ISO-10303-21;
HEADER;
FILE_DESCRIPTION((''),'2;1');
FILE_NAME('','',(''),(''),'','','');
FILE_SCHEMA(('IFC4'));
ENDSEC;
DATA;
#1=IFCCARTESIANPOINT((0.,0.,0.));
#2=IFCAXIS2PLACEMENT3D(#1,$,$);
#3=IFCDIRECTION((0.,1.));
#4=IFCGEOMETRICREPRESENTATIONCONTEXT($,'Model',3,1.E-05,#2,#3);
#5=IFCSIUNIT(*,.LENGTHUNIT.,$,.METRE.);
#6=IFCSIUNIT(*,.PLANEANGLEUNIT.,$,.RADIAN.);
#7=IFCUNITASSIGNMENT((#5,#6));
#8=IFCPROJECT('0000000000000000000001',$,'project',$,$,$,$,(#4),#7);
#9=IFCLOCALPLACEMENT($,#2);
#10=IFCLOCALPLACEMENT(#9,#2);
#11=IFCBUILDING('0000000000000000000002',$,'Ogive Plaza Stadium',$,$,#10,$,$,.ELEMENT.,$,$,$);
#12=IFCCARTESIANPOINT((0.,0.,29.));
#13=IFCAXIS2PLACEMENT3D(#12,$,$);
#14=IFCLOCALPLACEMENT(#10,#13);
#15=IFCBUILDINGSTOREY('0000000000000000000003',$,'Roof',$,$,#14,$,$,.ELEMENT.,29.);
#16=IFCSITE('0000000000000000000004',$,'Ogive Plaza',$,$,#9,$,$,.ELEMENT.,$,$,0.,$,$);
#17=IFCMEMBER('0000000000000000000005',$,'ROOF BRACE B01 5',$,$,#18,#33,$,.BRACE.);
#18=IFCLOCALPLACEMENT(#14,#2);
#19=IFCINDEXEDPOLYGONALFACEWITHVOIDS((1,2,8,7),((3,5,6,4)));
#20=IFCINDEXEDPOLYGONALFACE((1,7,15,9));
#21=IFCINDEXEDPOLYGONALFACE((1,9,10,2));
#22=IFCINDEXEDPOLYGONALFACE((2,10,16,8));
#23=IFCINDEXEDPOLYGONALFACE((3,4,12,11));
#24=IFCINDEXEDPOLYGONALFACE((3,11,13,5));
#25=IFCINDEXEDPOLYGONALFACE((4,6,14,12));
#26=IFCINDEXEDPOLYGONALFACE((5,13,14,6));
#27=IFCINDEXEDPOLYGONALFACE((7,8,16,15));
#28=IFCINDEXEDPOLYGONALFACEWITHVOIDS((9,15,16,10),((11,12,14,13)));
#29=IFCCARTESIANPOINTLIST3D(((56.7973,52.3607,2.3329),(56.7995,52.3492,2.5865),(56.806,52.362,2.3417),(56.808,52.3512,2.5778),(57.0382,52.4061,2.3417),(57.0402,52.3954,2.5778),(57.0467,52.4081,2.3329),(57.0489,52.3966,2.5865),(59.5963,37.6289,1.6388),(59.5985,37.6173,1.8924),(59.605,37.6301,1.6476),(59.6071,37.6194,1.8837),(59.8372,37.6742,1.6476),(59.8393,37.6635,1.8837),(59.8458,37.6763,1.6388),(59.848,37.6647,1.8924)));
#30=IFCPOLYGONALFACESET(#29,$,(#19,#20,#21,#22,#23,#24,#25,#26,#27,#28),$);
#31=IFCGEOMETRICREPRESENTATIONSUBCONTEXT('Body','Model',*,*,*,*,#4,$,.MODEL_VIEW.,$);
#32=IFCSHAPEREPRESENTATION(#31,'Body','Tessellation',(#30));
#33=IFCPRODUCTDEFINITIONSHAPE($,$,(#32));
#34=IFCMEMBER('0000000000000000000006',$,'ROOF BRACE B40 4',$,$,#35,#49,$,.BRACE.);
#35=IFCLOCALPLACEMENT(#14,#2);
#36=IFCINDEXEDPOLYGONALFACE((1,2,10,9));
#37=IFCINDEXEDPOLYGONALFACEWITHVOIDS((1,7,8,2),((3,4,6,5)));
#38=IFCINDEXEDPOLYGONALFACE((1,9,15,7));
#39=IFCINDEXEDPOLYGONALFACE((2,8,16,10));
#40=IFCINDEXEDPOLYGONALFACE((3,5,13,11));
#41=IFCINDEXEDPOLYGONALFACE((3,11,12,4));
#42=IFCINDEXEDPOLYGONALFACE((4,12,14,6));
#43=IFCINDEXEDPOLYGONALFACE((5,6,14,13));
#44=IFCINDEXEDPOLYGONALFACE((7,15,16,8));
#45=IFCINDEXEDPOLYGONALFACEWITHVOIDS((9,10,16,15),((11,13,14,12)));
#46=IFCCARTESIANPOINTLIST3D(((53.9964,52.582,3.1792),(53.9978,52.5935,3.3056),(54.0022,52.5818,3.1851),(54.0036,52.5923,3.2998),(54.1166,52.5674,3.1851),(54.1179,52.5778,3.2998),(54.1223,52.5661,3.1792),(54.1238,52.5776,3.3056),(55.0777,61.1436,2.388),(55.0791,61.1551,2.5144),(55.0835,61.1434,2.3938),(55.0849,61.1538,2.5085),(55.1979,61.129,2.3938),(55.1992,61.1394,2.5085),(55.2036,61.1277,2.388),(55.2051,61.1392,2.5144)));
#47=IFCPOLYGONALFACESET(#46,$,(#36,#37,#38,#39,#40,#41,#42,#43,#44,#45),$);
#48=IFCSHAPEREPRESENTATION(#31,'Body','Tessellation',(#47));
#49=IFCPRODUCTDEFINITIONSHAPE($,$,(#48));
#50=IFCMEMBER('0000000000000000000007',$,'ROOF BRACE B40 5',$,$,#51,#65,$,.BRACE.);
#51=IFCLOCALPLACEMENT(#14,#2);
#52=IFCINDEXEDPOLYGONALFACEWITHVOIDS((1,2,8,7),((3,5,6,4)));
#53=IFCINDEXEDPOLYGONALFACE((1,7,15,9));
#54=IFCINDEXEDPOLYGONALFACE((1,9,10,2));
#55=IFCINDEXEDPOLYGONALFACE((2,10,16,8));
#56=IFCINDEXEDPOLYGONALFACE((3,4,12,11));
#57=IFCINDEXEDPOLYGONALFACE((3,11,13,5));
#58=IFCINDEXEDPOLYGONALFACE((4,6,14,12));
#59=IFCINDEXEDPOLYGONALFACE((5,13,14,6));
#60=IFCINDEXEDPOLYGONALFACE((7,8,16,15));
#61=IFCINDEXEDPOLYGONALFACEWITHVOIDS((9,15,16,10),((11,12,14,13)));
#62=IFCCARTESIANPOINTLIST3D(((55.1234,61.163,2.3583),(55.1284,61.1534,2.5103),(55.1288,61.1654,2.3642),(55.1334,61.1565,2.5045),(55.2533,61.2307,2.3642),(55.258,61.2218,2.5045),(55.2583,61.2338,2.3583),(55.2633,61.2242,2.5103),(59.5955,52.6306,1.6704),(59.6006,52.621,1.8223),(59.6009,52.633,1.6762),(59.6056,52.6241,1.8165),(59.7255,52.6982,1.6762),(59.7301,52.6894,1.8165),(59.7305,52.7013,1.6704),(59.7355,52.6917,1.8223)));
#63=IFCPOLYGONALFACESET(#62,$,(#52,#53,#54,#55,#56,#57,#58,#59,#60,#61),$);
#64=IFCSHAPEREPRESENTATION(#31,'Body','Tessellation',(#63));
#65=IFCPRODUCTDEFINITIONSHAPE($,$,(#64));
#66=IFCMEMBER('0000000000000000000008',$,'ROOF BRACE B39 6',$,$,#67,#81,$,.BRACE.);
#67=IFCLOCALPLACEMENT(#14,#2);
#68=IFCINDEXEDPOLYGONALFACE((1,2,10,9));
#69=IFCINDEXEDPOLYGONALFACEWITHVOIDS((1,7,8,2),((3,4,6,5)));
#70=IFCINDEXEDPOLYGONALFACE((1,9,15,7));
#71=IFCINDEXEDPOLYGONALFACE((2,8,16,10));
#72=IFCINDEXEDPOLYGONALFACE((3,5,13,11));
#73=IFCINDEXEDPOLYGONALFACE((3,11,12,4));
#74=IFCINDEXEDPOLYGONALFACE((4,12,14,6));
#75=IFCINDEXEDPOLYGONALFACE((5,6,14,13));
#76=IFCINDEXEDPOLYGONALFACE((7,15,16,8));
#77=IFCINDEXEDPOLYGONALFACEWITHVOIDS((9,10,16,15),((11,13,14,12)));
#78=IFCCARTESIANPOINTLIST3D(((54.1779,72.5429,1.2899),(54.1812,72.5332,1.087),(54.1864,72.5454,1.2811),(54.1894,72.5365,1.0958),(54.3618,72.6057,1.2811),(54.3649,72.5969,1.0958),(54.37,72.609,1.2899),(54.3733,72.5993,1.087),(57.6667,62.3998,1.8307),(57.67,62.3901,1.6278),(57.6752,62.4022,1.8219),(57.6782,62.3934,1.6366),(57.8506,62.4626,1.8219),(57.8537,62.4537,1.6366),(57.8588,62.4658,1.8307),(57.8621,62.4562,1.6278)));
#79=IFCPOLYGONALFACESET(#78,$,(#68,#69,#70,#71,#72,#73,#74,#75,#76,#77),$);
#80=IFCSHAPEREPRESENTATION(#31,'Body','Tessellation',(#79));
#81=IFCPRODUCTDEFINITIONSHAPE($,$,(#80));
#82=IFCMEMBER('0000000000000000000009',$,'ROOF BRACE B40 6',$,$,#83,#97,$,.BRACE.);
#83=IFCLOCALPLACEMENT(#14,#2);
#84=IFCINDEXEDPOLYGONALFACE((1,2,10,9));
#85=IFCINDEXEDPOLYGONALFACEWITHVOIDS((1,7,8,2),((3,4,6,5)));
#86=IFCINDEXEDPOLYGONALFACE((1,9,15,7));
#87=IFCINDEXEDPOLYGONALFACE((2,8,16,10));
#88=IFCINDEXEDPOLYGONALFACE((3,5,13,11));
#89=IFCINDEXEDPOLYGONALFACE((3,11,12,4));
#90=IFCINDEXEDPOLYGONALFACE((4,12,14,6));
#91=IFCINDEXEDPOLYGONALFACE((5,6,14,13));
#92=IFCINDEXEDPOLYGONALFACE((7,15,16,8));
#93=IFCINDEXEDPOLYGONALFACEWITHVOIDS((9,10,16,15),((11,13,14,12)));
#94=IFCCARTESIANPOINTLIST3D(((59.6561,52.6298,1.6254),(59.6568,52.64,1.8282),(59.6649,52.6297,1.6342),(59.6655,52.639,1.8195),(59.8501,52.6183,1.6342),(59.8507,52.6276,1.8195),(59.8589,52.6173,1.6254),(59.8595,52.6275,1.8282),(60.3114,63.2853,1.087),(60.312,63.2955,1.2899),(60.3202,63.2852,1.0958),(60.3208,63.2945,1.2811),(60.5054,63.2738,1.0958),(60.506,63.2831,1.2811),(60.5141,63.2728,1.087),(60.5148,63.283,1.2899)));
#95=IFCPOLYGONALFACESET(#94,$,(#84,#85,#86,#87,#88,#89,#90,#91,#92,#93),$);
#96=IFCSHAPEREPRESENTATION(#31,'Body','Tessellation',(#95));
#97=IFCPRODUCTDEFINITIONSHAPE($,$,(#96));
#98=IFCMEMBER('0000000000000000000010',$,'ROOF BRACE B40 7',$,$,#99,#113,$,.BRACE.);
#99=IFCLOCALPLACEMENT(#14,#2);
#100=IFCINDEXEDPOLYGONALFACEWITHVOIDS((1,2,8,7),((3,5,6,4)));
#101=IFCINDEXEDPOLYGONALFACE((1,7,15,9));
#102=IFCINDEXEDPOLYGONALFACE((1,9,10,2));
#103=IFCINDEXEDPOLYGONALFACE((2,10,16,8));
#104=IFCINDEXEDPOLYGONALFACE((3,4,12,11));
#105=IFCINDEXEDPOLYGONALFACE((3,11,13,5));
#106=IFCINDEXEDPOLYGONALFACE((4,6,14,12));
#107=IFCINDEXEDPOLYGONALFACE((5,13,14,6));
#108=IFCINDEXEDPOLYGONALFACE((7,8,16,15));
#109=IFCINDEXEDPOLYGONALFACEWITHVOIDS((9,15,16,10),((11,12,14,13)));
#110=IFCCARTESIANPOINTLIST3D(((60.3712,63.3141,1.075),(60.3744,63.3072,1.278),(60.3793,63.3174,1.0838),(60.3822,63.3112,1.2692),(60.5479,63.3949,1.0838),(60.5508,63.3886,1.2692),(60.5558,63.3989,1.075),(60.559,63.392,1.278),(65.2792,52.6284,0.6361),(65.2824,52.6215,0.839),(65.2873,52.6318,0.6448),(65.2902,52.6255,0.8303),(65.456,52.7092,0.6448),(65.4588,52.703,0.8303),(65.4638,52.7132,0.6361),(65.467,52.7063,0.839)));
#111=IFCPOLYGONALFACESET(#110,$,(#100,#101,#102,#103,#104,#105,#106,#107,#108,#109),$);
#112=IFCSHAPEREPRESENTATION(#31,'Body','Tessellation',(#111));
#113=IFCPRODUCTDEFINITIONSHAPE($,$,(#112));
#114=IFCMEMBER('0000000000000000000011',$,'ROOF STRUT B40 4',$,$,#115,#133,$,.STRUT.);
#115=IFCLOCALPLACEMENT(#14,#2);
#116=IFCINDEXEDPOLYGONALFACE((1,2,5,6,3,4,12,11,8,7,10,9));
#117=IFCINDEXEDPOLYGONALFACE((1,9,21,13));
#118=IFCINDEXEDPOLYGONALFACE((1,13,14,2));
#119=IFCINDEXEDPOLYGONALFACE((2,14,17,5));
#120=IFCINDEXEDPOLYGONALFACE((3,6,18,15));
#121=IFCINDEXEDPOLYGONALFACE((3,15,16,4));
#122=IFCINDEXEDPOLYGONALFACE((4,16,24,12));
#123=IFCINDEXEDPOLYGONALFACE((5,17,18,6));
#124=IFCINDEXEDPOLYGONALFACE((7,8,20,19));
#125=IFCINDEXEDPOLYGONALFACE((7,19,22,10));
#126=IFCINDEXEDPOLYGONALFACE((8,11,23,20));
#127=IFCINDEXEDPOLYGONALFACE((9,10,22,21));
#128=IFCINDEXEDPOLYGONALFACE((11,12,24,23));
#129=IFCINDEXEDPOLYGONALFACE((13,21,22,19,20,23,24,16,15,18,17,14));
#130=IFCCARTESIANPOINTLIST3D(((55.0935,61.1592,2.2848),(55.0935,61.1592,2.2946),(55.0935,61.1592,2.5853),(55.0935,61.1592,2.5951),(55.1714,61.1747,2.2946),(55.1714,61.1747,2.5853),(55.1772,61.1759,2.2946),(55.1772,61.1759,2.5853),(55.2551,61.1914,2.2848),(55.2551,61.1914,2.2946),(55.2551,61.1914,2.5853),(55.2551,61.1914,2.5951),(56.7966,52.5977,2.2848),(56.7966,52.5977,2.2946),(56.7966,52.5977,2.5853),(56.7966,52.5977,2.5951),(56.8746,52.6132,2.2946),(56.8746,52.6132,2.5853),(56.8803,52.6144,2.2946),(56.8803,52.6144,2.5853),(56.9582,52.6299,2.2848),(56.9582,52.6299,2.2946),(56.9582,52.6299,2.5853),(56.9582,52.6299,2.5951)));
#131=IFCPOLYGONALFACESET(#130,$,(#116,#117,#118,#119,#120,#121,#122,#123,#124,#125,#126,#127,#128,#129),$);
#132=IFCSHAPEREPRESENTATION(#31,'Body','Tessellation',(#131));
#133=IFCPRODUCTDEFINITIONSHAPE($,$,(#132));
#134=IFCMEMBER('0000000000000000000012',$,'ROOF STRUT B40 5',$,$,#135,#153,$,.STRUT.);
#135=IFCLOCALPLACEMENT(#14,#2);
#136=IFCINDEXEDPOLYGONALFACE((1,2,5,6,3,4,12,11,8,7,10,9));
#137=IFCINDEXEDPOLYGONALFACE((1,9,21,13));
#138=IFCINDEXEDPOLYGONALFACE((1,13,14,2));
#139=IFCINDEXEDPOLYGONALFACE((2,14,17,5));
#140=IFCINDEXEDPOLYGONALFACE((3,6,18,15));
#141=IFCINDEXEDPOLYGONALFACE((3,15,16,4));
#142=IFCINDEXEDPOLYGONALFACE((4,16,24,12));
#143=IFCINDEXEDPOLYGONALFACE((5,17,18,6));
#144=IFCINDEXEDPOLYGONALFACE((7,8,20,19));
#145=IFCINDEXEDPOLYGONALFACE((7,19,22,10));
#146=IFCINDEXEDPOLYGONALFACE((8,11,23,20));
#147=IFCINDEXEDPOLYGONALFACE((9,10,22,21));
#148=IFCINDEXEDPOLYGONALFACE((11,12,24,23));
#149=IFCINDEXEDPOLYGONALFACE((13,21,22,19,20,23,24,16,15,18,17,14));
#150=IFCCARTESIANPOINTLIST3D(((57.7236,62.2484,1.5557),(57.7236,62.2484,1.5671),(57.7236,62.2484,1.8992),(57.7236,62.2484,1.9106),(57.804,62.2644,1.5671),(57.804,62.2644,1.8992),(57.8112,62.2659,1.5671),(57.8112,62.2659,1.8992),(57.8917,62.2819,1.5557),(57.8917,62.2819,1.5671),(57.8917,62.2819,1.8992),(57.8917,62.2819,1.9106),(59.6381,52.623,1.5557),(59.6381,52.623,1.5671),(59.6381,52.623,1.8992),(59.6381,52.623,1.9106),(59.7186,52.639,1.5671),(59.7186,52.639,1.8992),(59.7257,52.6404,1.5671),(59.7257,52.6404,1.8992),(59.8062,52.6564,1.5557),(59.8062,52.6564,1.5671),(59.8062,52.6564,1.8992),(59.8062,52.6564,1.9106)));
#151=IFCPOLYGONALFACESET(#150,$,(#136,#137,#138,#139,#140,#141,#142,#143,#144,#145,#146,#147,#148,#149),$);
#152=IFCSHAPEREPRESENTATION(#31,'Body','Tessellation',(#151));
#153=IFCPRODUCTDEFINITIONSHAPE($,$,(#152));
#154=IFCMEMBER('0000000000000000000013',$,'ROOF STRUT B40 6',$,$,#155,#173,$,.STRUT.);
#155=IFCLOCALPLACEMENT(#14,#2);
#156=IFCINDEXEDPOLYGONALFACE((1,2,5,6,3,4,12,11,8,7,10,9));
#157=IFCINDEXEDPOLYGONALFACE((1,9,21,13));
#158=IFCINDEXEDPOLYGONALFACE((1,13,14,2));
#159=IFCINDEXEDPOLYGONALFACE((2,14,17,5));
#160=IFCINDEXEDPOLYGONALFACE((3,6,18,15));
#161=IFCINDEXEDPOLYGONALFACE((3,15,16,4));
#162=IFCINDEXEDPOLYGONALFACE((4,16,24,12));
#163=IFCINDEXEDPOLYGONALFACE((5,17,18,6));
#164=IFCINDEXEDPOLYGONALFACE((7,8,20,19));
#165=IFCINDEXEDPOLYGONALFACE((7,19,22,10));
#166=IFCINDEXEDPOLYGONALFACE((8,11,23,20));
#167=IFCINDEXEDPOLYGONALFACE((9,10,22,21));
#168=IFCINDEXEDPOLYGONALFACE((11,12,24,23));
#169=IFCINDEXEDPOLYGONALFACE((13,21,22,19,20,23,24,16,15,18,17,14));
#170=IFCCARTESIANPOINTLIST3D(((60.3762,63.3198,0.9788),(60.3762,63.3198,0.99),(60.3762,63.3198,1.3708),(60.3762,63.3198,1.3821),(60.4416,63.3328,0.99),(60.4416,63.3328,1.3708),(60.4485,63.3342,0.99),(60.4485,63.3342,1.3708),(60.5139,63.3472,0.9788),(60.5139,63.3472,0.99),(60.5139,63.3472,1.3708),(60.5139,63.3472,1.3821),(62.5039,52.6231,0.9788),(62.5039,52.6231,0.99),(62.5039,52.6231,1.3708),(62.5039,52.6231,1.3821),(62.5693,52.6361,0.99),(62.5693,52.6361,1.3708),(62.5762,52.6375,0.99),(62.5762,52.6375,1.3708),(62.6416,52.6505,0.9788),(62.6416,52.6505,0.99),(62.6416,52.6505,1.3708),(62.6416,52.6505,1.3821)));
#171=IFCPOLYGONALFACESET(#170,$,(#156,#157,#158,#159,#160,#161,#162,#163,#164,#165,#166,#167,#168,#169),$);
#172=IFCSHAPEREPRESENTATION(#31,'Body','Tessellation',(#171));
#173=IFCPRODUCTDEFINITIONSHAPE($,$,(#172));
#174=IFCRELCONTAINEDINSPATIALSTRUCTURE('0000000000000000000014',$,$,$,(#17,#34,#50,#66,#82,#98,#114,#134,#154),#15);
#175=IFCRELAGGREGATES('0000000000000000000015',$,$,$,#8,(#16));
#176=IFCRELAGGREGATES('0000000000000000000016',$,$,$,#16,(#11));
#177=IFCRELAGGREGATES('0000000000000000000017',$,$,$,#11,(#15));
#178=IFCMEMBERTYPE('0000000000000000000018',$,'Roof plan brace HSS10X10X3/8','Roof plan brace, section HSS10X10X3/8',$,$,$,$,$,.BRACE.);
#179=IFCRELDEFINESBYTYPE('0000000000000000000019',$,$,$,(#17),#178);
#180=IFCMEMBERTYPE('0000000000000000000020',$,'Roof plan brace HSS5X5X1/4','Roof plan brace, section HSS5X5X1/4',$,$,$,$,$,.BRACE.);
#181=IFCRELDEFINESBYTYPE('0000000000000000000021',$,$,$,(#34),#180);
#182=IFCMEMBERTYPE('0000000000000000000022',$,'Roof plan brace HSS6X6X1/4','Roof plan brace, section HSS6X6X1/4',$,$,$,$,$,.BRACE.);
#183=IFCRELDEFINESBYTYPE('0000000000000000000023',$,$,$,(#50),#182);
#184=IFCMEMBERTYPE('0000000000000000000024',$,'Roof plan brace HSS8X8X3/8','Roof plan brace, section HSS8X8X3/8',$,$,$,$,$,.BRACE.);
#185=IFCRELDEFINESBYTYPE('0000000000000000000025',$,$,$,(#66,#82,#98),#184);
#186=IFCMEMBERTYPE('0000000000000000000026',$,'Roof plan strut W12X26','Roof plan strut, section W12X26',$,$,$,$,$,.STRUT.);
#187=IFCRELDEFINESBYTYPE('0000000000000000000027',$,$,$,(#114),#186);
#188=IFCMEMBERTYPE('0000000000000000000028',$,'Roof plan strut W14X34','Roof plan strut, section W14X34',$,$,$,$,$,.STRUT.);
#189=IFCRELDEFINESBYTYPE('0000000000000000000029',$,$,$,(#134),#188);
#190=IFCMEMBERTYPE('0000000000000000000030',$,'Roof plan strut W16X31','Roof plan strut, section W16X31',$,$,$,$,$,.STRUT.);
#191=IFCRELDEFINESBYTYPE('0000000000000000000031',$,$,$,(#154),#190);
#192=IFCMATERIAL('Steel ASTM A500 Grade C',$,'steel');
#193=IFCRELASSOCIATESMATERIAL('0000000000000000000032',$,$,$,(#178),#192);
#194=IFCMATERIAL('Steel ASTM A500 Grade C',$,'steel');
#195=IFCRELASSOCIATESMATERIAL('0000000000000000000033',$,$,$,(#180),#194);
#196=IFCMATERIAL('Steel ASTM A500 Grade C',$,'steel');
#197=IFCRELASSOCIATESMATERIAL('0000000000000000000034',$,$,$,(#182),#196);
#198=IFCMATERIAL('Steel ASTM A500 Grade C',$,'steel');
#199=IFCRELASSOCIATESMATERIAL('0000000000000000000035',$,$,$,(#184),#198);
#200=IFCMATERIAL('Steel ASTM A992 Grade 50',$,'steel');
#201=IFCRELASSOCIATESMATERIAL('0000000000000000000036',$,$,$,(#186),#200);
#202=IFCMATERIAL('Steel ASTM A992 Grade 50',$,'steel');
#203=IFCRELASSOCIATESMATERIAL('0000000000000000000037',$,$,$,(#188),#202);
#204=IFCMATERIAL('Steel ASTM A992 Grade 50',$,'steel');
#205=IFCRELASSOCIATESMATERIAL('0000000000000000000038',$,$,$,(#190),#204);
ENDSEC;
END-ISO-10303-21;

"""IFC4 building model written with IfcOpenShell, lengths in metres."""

from ifc_helpers import new_model, si_unit, direction, frame, origin, origin_2d, place, context, subcontext, project, spatial, hollow_rectangle, i_section, extrude, material, material_profile, profile_set, type_object, element, save


model = new_model("IFC4")

# Units and contexts
model_context = context("Model", 3, precision=1e-05, world=origin(), true_north=direction((0.0, 1.0)))
body_context = subcontext(model_context, "Body", "Model", "MODEL_VIEW")
ifc_project = project(units=[si_unit("LENGTHUNIT", "METRE"), si_unit("PLANEANGLEUNIT", "RADIAN")], contexts=[model_context])

# Site, building, storey
site_placement = place(None, origin())
site = spatial("IfcSite", under=ifc_project, at=site_placement, Name="Ogive Plaza", CompositionType="ELEMENT", RefElevation=0.0)
building_placement = place(site_placement, origin())
building = spatial("IfcBuilding", under=site, at=building_placement, Name="Ogive Plaza Stadium", CompositionType="ELEMENT")
storey_placement = place(building_placement, frame((0.0, 0.0, 29.0)))
storey = spatial("IfcBuildingStorey", under=building, at=storey_placement, Name="Roof", CompositionType="ELEMENT", Elevation=29.0)

# Members
ifc_material_1 = material(Name="Steel ASTM A500 Grade C", Category="steel")
ifc_material_profile_1 = material_profile(ifc_material_1, hollow_rectangle(XDim=0.2539, YDim=0.2539, WallThickness=0.0088, at=origin_2d()), Name="HSS10X10X3/8")
ifc_profile_set_1 = profile_set([ifc_material_profile_1], Name="Steel ASTM A500 Grade C")
member_type_1 = type_object("IfcMemberType", Name="Roof plan brace HSS10X10X3/8", Description="Roof plan brace, section HSS10X10X3/8", PredefinedType="BRACE", material=ifc_profile_set_1)
member_1_placement = place(storey_placement, frame((56.9231, 52.3787, 2.4597), z_axis=(0.186461, -0.981374, -0.046237), x_axis=(0.982424, 0.186661, 0.0)))
element("IfcMember", 1, at=member_1_placement, inside=storey, type_object=member_type_1, Name="ROOF BRACE B01 5", PredefinedType="BRACE", context=body_context, shape_type="SweptSolid", body=[
    extrude(hollow_rectangle(XDim=0.2539, YDim=0.2539, WallThickness=0.0088, at=origin_2d()), origin(), (0.0, 0.0, 1.0), 15.0115),
])
ifc_material_2 = material(Name="Steel ASTM A500 Grade C", Category="steel")
ifc_material_profile_2 = material_profile(ifc_material_2, hollow_rectangle(XDim=0.127, YDim=0.127, WallThickness=0.0059, at=origin_2d()), Name="HSS5X5X1/4")
ifc_profile_set_2 = profile_set([ifc_material_profile_2], Name="Steel ASTM A500 Grade C")
member_type_2 = type_object("IfcMemberType", Name="Roof plan brace HSS5X5X1/4", Description="Roof plan brace, section HSS5X5X1/4", PredefinedType="BRACE", material=ifc_profile_set_2)
member_2_placement = place(storey_placement, frame((54.0601, 52.5798, 3.2424), z_axis=(0.124779, 0.987974, -0.091309), x_axis=(-0.992119, 0.125302, 0.0)))
element("IfcMember", 2, at=member_2_placement, inside=storey, type_object=member_type_2, Name="ROOF BRACE B40 4", PredefinedType="BRACE", context=body_context, shape_type="SweptSolid", body=[
    extrude(hollow_rectangle(XDim=0.127, YDim=0.127, WallThickness=0.0059, at=origin_2d()), origin(), (0.0, 0.0, 1.0), 8.6658),
])
ifc_material_3 = material(Name="Steel ASTM A500 Grade C", Category="steel")
ifc_material_profile_3 = material_profile(ifc_material_3, hollow_rectangle(XDim=0.1523, YDim=0.1523, WallThickness=0.0059, at=origin_2d()), Name="HSS6X6X1/4")
ifc_profile_set_3 = profile_set([ifc_material_profile_3], Name="Steel ASTM A500 Grade C")
member_type_3 = type_object("IfcMemberType", Name="Roof plan brace HSS6X6X1/4", Description="Roof plan brace, section HSS6X6X1/4", PredefinedType="BRACE", material=ifc_profile_set_3)
member_3_placement = place(storey_placement, frame((55.1934, 61.1936, 2.4343), z_axis=(0.463054, -0.883463, -0.071235), x_axis=(0.885713, 0.464233, 0.0)))
element("IfcMember", 3, at=member_3_placement, inside=storey, type_object=member_type_3, Name="ROOF BRACE B40 5", PredefinedType="BRACE", context=body_context, shape_type="SweptSolid", body=[
    extrude(hollow_rectangle(XDim=0.1523, YDim=0.1523, WallThickness=0.0059, at=origin_2d()), origin(), (0.0, 0.0, 1.0), 9.658),
])
ifc_material_4 = material(Name="Steel ASTM A500 Grade C", Category="steel")
ifc_material_profile_4 = material_profile(ifc_material_4, hollow_rectangle(XDim=0.2031, YDim=0.2031, WallThickness=0.0088, at=origin_2d()), Name="HSS8X8X3/8")
ifc_profile_set_4 = profile_set([ifc_material_profile_4], Name="Steel ASTM A500 Grade C")
member_type_4 = type_object("IfcMemberType", Name="Roof plan brace HSS8X8X3/8", Description="Roof plan brace, section HSS8X8X3/8", PredefinedType="BRACE", material=ifc_profile_set_4)
member_4_placement = place(storey_placement, frame((57.7644, 62.428, 1.7292), z_axis=(-0.324841, 0.944427, -0.050352), x_axis=(-0.945627, -0.325254, 0.0)))
element("IfcMember", 4, at=member_4_placement, inside=storey, type_object=member_type_4, Name="ROOF BRACE B39 6", PredefinedType="BRACE", context=body_context, shape_type="SweptSolid", body=[
    extrude(hollow_rectangle(XDim=0.2031, YDim=0.2031, WallThickness=0.0088, at=origin_2d()), origin(), (0.0, 0.0, 1.0), 10.74),
])
member_5_placement = place(storey_placement, frame((59.7578, 52.6287, 1.7268), z_axis=(0.061302, 0.996848, -0.050362), x_axis=(-0.998114, 0.06138, 0.0)))
element("IfcMember", 5, at=member_5_placement, inside=storey, type_object=member_type_4, Name="ROOF BRACE B40 6", PredefinedType="BRACE", context=body_context, shape_type="SweptSolid", body=[
    extrude(hollow_rectangle(XDim=0.2031, YDim=0.2031, WallThickness=0.0088, at=origin_2d()), origin(), (0.0, 0.0, 1.0), 10.6892),
])
member_6_placement = place(storey_placement, frame((60.4651, 63.353, 1.1765), z_axis=(0.417096, -0.908096, -0.037305), x_axis=(0.908729, 0.417387, 0.0)))
element("IfcMember", 6, at=member_6_placement, inside=storey, type_object=member_type_4, Name="ROOF BRACE B40 7", PredefinedType="BRACE", context=body_context, shape_type="SweptSolid", body=[
    extrude(hollow_rectangle(XDim=0.2031, YDim=0.2031, WallThickness=0.0088, at=origin_2d()), origin(), (0.0, 0.0, 1.0), 11.7671),
])
ifc_material_5 = material(Name="Steel ASTM A992 Grade 50", Category="steel")
ifc_material_profile_5 = material_profile(ifc_material_5, i_section(OverallWidth=0.1648, OverallDepth=0.3103, WebThickness=0.0059, FlangeThickness=0.0098, at=origin_2d()), Name="W12X26")
ifc_profile_set_5 = profile_set([ifc_material_profile_5], Name="Steel ASTM A992 Grade 50")
member_type_5 = type_object("IfcMemberType", Name="Roof plan strut W12X26", Description="Roof plan strut, section W12X26", PredefinedType="STRUT", material=ifc_profile_set_5)
member_7_placement = place(storey_placement, frame((55.1743, 61.1753, 2.4399), z_axis=(0.195105, -0.980782, 0.0), x_axis=(0.980782, 0.195105, 0.0)))
element("IfcMember", 7, at=member_7_placement, inside=storey, type_object=member_type_5, Name="ROOF STRUT B40 4", PredefinedType="STRUT", context=body_context, shape_type="SweptSolid", body=[
    extrude(i_section(OverallWidth=0.1648, OverallDepth=0.3103, WebThickness=0.0059, FlangeThickness=0.0098, at=origin_2d()), origin(), (0.0, 0.0, 1.0), 8.7292),
])
ifc_material_6 = material(Name="Steel ASTM A992 Grade 50", Category="steel")
ifc_material_profile_6 = material_profile(ifc_material_6, i_section(OverallWidth=0.1714, OverallDepth=0.355, WebThickness=0.0073, FlangeThickness=0.0115, at=origin_2d()), Name="W14X34")
ifc_profile_set_6 = profile_set([ifc_material_profile_6], Name="Steel ASTM A992 Grade 50")
member_type_6 = type_object("IfcMemberType", Name="Roof plan strut W14X34", Description="Roof plan strut, section W14X34", PredefinedType="STRUT", material=ifc_profile_set_6)
member_8_placement = place(storey_placement, frame((57.8076, 62.2651, 1.7332), z_axis=(0.195083, -0.980787, 0.0), x_axis=(0.980787, 0.195083, 0.0)))
element("IfcMember", 8, at=member_8_placement, inside=storey, type_object=member_type_6, Name="ROOF STRUT B40 5", PredefinedType="STRUT", context=body_context, shape_type="SweptSolid", body=[
    extrude(i_section(OverallWidth=0.1714, OverallDepth=0.355, WebThickness=0.0073, FlangeThickness=0.0115, at=origin_2d()), origin(), (0.0, 0.0, 1.0), 9.814),
])
ifc_material_7 = material(Name="Steel ASTM A992 Grade 50", Category="steel")
ifc_material_profile_7 = material_profile(ifc_material_7, i_section(OverallWidth=0.1404, OverallDepth=0.4033, WebThickness=0.0071, FlangeThickness=0.0112, at=origin_2d()), Name="W16X31")
ifc_profile_set_7 = profile_set([ifc_material_profile_7], Name="Steel ASTM A992 Grade 50")
member_type_7 = type_object("IfcMemberType", Name="Roof plan strut W16X31", Description="Roof plan strut, section W16X31", PredefinedType="STRUT", material=ifc_profile_set_7)
member_9_placement = place(storey_placement, frame((60.4451, 63.3335, 1.1804), z_axis=(0.195087, -0.980786, 0.0), x_axis=(0.980786, 0.195087, 0.0)))
element("IfcMember", 9, at=member_9_placement, inside=storey, type_object=member_type_7, Name="ROOF STRUT B40 6", PredefinedType="STRUT", context=body_context, shape_type="SweptSolid", body=[
    extrude(i_section(OverallWidth=0.1404, OverallDepth=0.4033, WebThickness=0.0071, FlangeThickness=0.0112, at=origin_2d()), origin(), (0.0, 0.0, 1.0), 10.9062),
])

save(model, "model.ifc")
